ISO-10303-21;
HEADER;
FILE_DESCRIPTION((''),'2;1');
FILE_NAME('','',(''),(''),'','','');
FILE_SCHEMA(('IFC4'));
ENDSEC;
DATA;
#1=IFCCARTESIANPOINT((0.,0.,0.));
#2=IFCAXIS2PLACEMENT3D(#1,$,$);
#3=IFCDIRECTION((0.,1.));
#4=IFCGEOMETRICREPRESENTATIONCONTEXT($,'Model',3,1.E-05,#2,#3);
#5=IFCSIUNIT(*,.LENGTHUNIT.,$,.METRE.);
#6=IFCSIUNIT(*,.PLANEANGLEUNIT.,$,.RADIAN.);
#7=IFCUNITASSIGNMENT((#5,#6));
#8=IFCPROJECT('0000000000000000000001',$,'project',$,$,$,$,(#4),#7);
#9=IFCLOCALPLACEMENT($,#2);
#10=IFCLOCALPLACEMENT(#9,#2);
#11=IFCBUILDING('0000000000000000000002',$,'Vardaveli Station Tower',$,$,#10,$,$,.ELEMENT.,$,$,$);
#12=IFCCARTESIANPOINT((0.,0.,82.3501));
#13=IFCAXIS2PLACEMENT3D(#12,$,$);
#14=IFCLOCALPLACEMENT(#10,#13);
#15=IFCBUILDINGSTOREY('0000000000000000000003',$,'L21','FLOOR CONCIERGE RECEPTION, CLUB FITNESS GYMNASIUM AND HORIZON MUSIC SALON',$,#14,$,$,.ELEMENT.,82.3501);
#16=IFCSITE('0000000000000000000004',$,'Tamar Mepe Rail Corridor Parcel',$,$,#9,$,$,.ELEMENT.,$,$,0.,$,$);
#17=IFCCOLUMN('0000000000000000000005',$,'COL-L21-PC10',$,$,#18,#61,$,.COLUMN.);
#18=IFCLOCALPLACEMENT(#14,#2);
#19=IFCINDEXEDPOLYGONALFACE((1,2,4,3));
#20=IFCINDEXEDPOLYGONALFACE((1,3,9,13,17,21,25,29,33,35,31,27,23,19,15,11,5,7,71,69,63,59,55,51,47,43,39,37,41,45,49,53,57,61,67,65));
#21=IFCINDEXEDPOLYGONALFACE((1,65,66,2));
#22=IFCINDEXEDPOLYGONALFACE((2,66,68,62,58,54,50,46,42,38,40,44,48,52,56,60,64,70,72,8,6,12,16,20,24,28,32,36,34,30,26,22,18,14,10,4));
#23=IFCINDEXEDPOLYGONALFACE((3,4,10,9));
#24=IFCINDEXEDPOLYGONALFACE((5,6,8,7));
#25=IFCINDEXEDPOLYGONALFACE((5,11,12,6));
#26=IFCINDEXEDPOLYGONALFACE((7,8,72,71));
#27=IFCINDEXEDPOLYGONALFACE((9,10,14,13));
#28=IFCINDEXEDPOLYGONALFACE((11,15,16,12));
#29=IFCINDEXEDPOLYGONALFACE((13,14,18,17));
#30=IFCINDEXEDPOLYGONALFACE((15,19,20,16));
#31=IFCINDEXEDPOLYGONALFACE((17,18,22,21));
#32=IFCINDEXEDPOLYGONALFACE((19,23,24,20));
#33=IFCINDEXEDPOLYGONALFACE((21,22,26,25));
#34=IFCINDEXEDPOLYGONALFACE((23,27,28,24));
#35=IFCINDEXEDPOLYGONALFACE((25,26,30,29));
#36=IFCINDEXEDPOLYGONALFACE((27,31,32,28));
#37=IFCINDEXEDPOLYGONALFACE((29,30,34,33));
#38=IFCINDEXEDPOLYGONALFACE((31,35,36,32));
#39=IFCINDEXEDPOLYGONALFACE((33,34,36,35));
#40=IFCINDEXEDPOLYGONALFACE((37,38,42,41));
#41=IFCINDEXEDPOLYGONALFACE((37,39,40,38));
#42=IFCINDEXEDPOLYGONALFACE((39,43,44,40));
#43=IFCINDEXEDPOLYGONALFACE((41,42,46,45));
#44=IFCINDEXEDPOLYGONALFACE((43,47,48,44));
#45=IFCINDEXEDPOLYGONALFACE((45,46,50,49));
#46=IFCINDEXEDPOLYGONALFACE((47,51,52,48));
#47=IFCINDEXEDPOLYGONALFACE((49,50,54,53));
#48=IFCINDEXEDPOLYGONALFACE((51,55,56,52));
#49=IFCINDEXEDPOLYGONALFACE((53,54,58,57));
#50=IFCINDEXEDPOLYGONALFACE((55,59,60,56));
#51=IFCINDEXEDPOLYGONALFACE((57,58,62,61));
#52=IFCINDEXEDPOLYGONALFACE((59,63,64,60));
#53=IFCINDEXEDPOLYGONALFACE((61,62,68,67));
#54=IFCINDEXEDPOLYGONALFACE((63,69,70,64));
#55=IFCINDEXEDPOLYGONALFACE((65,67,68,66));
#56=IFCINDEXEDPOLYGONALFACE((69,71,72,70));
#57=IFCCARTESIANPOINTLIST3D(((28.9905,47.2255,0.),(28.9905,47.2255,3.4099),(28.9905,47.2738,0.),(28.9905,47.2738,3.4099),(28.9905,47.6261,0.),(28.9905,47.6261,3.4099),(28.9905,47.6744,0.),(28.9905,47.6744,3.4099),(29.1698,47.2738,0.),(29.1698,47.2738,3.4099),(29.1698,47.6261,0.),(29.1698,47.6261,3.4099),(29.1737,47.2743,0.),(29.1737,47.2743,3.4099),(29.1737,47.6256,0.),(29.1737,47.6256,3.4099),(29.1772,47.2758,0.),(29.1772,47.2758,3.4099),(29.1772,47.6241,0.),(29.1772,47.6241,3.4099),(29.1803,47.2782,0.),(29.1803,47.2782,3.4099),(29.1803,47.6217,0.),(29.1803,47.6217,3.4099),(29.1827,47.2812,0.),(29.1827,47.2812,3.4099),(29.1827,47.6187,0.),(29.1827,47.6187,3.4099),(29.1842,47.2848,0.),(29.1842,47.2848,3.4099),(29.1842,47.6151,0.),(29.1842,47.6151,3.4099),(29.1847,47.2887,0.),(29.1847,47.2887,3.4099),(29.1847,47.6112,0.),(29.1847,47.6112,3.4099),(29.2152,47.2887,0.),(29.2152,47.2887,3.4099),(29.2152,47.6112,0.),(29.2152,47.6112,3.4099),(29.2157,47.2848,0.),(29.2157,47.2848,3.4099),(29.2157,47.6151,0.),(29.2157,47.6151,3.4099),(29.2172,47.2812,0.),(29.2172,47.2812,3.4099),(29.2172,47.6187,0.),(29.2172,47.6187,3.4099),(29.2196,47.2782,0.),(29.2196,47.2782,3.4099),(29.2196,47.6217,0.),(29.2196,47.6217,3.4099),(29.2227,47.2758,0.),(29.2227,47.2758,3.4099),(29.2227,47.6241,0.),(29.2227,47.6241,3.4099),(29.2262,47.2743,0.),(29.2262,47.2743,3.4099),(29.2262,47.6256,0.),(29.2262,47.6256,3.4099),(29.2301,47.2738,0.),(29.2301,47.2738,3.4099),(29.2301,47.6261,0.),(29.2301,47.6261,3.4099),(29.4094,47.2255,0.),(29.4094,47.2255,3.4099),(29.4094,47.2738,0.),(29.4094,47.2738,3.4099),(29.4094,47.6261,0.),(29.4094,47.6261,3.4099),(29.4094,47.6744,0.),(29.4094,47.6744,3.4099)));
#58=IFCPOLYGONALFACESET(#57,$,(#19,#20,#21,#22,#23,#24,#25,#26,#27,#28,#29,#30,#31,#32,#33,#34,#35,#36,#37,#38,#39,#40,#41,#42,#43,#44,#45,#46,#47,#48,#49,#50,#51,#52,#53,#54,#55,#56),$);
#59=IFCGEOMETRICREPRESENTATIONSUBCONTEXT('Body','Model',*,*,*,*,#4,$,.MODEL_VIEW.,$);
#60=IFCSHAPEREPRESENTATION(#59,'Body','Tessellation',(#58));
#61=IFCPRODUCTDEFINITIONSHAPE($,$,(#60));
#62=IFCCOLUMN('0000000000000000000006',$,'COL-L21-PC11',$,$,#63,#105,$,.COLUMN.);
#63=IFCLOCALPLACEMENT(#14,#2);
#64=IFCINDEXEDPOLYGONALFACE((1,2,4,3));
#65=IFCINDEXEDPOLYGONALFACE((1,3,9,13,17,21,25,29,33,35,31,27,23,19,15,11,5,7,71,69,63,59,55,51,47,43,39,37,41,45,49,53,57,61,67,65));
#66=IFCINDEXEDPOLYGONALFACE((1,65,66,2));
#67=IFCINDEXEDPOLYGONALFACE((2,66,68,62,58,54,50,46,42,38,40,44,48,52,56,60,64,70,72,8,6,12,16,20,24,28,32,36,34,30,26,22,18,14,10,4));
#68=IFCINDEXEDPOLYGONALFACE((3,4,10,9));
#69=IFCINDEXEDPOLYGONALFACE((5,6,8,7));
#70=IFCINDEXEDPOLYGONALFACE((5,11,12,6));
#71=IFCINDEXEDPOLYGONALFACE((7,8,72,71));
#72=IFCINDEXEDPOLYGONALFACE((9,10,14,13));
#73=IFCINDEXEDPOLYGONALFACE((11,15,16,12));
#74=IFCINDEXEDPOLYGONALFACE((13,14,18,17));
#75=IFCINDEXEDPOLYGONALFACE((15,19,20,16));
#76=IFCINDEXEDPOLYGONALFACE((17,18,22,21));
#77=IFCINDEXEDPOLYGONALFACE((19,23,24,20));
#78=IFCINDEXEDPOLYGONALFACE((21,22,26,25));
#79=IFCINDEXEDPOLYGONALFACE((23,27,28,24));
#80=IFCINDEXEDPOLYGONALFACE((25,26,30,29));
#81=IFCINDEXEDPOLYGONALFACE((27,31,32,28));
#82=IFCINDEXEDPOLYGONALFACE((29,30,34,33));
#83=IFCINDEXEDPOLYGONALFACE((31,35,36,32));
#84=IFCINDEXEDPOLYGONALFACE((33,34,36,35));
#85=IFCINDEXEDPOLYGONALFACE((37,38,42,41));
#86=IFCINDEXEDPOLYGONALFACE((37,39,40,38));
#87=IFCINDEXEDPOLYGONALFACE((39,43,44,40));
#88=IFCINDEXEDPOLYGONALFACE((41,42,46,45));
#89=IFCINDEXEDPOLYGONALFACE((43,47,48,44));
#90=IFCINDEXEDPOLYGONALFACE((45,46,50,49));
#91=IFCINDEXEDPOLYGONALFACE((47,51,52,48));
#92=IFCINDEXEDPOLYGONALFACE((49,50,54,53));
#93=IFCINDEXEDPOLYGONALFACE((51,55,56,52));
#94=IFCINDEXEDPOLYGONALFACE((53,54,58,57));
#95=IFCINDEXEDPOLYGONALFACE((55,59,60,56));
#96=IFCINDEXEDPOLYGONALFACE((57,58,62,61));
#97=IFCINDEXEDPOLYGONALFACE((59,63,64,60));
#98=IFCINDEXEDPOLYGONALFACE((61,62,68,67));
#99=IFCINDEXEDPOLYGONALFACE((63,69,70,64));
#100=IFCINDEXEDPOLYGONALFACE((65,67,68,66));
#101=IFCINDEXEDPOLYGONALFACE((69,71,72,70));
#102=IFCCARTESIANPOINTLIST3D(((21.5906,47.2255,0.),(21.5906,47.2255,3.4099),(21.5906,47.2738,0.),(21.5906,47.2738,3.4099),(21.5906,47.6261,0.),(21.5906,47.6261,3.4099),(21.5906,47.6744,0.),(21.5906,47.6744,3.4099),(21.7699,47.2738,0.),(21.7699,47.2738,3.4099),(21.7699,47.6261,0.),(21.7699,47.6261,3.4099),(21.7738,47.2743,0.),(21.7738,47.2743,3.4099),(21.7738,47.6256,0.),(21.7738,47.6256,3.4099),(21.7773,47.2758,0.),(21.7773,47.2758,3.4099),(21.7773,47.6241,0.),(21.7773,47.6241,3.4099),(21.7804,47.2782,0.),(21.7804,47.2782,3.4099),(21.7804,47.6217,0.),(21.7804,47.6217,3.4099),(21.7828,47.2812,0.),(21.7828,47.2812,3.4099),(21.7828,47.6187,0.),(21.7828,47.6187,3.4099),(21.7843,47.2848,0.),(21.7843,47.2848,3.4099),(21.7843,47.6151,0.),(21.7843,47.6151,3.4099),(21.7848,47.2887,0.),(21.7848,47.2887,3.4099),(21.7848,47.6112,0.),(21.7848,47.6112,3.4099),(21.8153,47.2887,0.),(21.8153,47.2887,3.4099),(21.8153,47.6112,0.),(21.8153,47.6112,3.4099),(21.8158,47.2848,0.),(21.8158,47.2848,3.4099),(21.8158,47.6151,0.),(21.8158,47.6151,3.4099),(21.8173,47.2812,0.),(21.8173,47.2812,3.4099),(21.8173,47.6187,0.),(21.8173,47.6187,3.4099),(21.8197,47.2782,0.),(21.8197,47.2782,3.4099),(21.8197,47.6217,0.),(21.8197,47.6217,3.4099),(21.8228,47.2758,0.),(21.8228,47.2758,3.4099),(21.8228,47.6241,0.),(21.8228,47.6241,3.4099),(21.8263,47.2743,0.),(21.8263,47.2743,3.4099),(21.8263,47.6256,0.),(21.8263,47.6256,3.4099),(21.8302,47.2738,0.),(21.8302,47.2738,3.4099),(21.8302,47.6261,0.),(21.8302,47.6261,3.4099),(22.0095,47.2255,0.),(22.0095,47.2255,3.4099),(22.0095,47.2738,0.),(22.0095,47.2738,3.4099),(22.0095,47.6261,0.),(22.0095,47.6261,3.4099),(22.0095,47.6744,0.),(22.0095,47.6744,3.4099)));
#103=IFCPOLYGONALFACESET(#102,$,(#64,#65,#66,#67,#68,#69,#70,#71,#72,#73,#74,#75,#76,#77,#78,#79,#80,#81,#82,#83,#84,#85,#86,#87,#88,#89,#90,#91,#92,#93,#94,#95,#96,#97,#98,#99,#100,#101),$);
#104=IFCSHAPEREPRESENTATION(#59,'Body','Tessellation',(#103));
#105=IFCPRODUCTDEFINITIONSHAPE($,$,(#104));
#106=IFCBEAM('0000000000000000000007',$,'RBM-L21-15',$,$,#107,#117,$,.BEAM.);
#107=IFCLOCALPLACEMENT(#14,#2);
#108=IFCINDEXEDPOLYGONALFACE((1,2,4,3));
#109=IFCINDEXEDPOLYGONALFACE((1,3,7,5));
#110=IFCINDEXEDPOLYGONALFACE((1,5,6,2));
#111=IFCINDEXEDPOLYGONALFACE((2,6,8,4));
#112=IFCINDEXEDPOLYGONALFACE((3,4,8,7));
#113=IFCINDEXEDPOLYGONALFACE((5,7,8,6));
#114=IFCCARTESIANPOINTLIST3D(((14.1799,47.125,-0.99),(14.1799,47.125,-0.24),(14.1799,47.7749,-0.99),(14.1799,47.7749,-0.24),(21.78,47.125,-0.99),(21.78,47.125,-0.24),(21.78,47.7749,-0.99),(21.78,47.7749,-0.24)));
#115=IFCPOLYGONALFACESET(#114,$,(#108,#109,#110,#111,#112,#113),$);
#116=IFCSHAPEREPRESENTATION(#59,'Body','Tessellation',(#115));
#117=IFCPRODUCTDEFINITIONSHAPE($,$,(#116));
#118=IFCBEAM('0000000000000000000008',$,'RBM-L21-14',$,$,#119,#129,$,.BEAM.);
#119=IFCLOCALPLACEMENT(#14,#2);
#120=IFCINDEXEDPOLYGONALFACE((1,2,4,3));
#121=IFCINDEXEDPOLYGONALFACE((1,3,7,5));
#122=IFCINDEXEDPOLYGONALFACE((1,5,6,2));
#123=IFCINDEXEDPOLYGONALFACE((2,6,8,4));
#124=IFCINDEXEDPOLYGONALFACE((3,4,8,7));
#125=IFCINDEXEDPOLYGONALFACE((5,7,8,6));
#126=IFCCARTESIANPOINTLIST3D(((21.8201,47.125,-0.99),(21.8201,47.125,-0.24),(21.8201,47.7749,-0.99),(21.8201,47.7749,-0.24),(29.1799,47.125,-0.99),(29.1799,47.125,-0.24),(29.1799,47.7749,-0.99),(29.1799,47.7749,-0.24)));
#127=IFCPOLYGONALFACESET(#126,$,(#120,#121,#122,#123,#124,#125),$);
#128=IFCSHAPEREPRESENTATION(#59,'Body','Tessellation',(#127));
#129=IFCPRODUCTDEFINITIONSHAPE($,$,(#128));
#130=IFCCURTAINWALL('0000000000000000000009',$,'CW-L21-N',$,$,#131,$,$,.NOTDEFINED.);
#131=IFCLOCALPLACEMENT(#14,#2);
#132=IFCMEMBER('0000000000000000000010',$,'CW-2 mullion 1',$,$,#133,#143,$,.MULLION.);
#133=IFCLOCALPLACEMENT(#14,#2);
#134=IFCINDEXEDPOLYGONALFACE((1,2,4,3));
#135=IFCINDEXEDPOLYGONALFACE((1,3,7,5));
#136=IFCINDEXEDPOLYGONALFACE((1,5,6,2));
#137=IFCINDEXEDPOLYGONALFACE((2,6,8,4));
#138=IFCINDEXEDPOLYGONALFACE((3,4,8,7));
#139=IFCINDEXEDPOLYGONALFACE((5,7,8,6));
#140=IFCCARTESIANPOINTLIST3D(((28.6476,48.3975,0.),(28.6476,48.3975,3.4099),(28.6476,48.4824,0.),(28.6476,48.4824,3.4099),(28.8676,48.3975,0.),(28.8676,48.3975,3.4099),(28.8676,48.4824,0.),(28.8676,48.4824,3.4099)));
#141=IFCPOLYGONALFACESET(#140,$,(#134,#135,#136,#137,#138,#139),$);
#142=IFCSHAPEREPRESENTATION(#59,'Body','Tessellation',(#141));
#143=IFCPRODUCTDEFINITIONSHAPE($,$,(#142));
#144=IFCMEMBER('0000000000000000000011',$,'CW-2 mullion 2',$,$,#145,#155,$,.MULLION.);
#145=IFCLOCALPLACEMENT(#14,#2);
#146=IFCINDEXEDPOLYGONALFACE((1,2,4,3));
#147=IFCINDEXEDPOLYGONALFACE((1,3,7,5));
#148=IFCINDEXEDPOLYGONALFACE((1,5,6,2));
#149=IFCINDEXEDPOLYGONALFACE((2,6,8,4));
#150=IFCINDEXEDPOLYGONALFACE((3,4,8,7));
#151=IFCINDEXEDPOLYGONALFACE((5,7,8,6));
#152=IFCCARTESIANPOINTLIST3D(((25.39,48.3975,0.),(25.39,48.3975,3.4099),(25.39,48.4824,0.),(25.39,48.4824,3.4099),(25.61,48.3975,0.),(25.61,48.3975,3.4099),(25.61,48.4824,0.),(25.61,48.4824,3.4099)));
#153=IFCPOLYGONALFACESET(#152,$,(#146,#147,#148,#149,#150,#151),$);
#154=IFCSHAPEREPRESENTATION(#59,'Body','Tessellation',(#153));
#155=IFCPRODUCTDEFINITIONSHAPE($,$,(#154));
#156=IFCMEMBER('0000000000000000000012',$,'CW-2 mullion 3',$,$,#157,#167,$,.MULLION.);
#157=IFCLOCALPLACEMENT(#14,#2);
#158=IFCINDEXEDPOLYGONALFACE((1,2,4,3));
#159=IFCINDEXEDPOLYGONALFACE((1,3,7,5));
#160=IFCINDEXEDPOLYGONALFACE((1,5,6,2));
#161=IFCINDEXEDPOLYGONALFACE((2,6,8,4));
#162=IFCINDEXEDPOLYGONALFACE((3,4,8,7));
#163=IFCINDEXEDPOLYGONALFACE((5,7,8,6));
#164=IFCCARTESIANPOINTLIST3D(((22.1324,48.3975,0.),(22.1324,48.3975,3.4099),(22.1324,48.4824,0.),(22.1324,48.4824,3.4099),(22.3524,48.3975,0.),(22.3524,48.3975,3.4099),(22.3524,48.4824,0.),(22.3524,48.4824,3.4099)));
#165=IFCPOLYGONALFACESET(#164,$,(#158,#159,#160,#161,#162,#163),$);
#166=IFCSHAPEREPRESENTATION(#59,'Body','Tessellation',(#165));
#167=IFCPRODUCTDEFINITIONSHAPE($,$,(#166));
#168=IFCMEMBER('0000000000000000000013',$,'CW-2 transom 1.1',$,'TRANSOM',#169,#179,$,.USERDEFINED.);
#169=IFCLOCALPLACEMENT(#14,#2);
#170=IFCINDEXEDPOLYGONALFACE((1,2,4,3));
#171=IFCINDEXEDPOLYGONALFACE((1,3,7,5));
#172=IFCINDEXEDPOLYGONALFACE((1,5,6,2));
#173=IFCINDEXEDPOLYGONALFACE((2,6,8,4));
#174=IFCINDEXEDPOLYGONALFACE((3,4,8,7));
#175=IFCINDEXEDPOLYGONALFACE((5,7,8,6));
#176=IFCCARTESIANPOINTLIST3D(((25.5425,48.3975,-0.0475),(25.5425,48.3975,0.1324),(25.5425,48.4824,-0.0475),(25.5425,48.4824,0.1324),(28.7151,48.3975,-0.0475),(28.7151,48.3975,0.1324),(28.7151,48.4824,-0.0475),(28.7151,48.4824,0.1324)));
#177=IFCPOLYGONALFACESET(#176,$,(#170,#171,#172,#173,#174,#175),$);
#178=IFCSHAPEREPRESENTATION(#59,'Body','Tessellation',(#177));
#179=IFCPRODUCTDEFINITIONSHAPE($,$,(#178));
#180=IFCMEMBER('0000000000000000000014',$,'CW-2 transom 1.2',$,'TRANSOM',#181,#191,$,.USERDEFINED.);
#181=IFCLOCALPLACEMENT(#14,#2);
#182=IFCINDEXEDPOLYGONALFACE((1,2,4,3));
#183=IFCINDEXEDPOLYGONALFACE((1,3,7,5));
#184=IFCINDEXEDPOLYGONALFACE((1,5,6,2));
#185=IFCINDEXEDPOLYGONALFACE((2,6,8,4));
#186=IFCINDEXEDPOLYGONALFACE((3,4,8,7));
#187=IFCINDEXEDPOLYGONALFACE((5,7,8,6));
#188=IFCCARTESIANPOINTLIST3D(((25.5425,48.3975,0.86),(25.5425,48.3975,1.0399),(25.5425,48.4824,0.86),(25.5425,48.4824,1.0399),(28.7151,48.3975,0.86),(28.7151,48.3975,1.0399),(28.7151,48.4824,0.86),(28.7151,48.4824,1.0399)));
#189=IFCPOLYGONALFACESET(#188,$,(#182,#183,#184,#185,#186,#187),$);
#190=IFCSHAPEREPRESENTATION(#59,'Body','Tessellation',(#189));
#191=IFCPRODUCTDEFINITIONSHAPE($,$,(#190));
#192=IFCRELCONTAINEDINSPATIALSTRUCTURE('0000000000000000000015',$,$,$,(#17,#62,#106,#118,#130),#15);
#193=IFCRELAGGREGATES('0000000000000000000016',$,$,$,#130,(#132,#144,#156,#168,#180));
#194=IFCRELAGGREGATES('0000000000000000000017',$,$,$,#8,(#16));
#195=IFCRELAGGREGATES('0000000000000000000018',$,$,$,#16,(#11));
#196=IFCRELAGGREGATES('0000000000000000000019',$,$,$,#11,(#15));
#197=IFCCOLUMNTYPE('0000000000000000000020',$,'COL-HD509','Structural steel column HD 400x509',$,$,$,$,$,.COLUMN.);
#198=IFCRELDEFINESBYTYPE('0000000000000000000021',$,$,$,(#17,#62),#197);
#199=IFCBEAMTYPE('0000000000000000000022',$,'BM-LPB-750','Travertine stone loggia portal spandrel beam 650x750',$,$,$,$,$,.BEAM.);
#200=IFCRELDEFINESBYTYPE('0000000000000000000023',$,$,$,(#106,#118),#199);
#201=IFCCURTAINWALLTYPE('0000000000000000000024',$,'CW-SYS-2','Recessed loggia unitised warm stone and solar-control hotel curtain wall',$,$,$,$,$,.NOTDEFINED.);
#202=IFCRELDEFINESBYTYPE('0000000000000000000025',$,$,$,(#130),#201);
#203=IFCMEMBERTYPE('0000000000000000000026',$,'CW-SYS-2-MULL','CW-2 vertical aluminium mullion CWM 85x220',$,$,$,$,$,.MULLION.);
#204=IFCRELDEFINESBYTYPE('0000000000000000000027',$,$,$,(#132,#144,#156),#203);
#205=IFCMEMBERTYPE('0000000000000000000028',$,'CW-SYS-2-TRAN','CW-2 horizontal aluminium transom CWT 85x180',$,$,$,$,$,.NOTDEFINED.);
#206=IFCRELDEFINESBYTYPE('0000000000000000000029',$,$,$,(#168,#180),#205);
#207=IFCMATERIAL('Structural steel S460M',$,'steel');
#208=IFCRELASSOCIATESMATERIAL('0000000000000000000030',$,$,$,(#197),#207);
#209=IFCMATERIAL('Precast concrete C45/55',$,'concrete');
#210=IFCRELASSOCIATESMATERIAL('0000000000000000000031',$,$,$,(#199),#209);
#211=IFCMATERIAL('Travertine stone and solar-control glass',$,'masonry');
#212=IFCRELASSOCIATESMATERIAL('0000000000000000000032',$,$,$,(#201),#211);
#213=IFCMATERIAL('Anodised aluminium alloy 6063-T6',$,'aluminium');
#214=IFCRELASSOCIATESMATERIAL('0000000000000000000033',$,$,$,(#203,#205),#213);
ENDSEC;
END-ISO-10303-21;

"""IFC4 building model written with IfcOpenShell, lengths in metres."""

from ifc_helpers import new_model, si_unit, direction, frame, origin, origin_2d, place, context, subcontext, project, spatial, rectangle, i_section, extrude, source, transform, mapped, material, material_profile, profile_set, type_object, element, aggregate, save


model = new_model("IFC4")

# Units and contexts
model_context = context("Model", 3, precision=1e-05, world=origin(), true_north=direction((0.0, 1.0)))
body_context = subcontext(model_context, "Body", "Model", "MODEL_VIEW")
ifc_project = project(units=[si_unit("LENGTHUNIT", "METRE"), si_unit("PLANEANGLEUNIT", "RADIAN")], contexts=[model_context])

# Site, building, storey
site_placement = place(None, origin())
site = spatial("IfcSite", under=ifc_project, at=site_placement, Name="Tamar Mepe Rail Corridor Parcel", CompositionType="ELEMENT", RefElevation=0.0)
building_placement = place(site_placement, origin())
building = spatial("IfcBuilding", under=site, at=building_placement, Name="Vardaveli Station Tower", CompositionType="ELEMENT")
storey_placement = place(building_placement, frame((0.0, 0.0, 82.3501)))
storey = spatial("IfcBuildingStorey", under=building, at=storey_placement, Name="L21", Description="FLOOR CONCIERGE RECEPTION, CLUB FITNESS GYMNASIUM AND HORIZON MUSIC SALON", CompositionType="ELEMENT", Elevation=82.3501)

# Columns
ifc_material_1 = material(Name="Structural steel S460M", Category="steel")
ifc_material_profile_1 = material_profile(ifc_material_1, i_section(OverallWidth=0.4189, OverallDepth=0.449, WebThickness=0.0305, FlangeThickness=0.0483, FilletRadius=0.0149, at=origin_2d()), Name="HD 400x509")
ifc_profile_set_1 = profile_set([ifc_material_profile_1], Name="Structural steel S460M")
column_type = type_object("IfcColumnType", Name="COL-HD509", Description="Structural steel column HD 400x509", PredefinedType="COLUMN", material=ifc_profile_set_1)
shared_shape_1 = source(origin(), body_context, "Body", "SweptSolid", [
    extrude(i_section(OverallWidth=0.4189, OverallDepth=0.449, WebThickness=0.0305, FlangeThickness=0.0483, FilletRadius=0.0149, at=origin_2d()), origin(), (0.0, 0.0, 1.0), 3.4099),
])
for number, where, z_axis, x_axis, name in (
    (1, (29.2, 47.45, 0.0), (0.0, 0.0, 1.0), (1.0, 0.0, 0.0), "COL-L21-PC10"),
    (2, (21.8, 47.45, 0.0), (0.0, 0.0, 1.0), (1.0, 0.0, 0.0), "COL-L21-PC11"),
):
    element("IfcColumn", number, at=place(storey_placement, frame(where, z_axis=z_axis, x_axis=x_axis)), inside=storey, type_object=column_type, Name=name, PredefinedType="COLUMN", context=body_context, shape_type="MappedRepresentation", body=[
        mapped(shared_shape_1, transform((0.0, 0.0, 0.0), scale=1.0)),
    ])

# Beams
ifc_material_2 = material(Name="Precast concrete C45/55", Category="concrete")
ifc_material_profile_2 = material_profile(ifc_material_2, rectangle(XDim=0.6499, YDim=0.75, at=origin_2d()), Name="LPB 650x750")
ifc_profile_set_2 = profile_set([ifc_material_profile_2], Name="Precast concrete C45/55")
beam_type = type_object("IfcBeamType", Name="BM-LPB-750", Description="Travertine stone loggia portal spandrel beam 650x750", PredefinedType="BEAM", material=ifc_profile_set_2)
shared_shape_2 = source(origin(), body_context, "Body", "SweptSolid", [
    extrude(rectangle(XDim=0.6499, YDim=0.75, at=origin_2d()), origin(), (0.0, 0.0, 1.0), 7.6001),
])
beam_1_placement = place(storey_placement, frame((21.78, 47.45, -0.615), z_axis=(-1.0, 0.0, 0.0), x_axis=(0.0, -1.0, 0.0)))
element("IfcBeam", 3, at=beam_1_placement, inside=storey, type_object=beam_type, Name="RBM-L21-15", PredefinedType="BEAM", context=body_context, shape_type="MappedRepresentation", body=[
    mapped(shared_shape_2, transform((0.0, 0.0, 0.0), scale=1.0)),
])
shared_shape_3 = source(origin(), body_context, "Body", "SweptSolid", [
    extrude(rectangle(XDim=0.6499, YDim=0.75, at=origin_2d()), origin(), (0.0, 0.0, 1.0), 7.3599),
])
beam_2_placement = place(storey_placement, frame((29.1799, 47.45, -0.615), z_axis=(-1.0, 0.0, 0.0), x_axis=(0.0, -1.0, 0.0)))
element("IfcBeam", 4, at=beam_2_placement, inside=storey, type_object=beam_type, Name="RBM-L21-14", PredefinedType="BEAM", context=body_context, shape_type="MappedRepresentation", body=[
    mapped(shared_shape_3, transform((0.0, 0.0, 0.0), scale=1.0)),
])

# Curtain wall, members
ifc_material_3 = material(Name="Travertine stone and solar-control glass", Category="masonry")
curtain_wall_type = type_object("IfcCurtainWallType", Name="CW-SYS-2", Description="Recessed loggia unitised warm stone and solar-control hotel curtain wall", PredefinedType="NOTDEFINED", material=ifc_material_3)
curtain_wall_placement = place(storey_placement, origin())
curtain_wall = element("IfcCurtainWall", 5, at=curtain_wall_placement, inside=storey, type_object=curtain_wall_type, Name="CW-L21-N", PredefinedType="NOTDEFINED")
ifc_material_4 = material(Name="Anodised aluminium alloy 6063-T6", Category="aluminium")
ifc_material_profile_3 = material_profile(ifc_material_4, rectangle(XDim=0.085, YDim=0.22, at=origin_2d()), Name="CWM 85x220")
ifc_profile_set_3 = profile_set([ifc_material_profile_3], Name="Anodised aluminium alloy 6063-T6")
member_type_1 = type_object("IfcMemberType", Name="CW-SYS-2-MULL", Description="CW-2 vertical aluminium mullion CWM 85x220", PredefinedType="MULLION", material=ifc_profile_set_3)
shared_shape_4 = source(origin(), body_context, "Body", "SweptSolid", [
    extrude(rectangle(XDim=0.085, YDim=0.22, at=origin_2d()), origin(), (0.0, 0.0, 1.0), 3.4099),
])
member_1_placement = place(storey_placement, frame((28.7576, 48.4399, 0.0), z_axis=(0.0, 0.0, 1.0), x_axis=(0.0, -1.0, 0.0)))
member_1 = element("IfcMember", 6, at=member_1_placement, type_object=member_type_1, Name="CW-2 mullion 1", PredefinedType="MULLION", context=body_context, shape_type="MappedRepresentation", body=[
    mapped(shared_shape_4, transform((0.0, 0.0, 0.0), scale=1.0)),
])
member_2_placement = place(storey_placement, frame((25.5, 48.4399, 0.0), z_axis=(0.0, 0.0, 1.0), x_axis=(0.0, -1.0, 0.0)))
member_2 = element("IfcMember", 7, at=member_2_placement, type_object=member_type_1, Name="CW-2 mullion 2", PredefinedType="MULLION", context=body_context, shape_type="MappedRepresentation", body=[
    mapped(shared_shape_4, transform((0.0, 0.0, 0.0), scale=1.0)),
])
member_3_placement = place(storey_placement, frame((22.2424, 48.4399, 0.0), z_axis=(0.0, 0.0, 1.0), x_axis=(0.0, -1.0, 0.0)))
member_3 = element("IfcMember", 8, at=member_3_placement, type_object=member_type_1, Name="CW-2 mullion 3", PredefinedType="MULLION", context=body_context, shape_type="MappedRepresentation", body=[
    mapped(shared_shape_4, transform((0.0, 0.0, 0.0), scale=1.0)),
])
ifc_material_profile_4 = material_profile(ifc_material_4, rectangle(XDim=0.085, YDim=0.1799, at=origin_2d()), Name="CWT 85x180")
ifc_profile_set_4 = profile_set([ifc_material_profile_4], Name="Anodised aluminium alloy 6063-T6")
member_type_2 = type_object("IfcMemberType", Name="CW-SYS-2-TRAN", Description="CW-2 horizontal aluminium transom CWT 85x180", PredefinedType="NOTDEFINED", material=ifc_profile_set_4)
shared_shape_5 = source(origin(), body_context, "Body", "SweptSolid", [
    extrude(rectangle(XDim=0.085, YDim=0.1799, at=origin_2d()), origin(), (0.0, 0.0, 1.0), 3.1726),
])
member_4_placement = place(storey_placement, frame((28.7151, 48.4399, 0.0425), z_axis=(-1.0, 0.0, 0.0), x_axis=(0.0, -1.0, 0.0)))
member_4 = element("IfcMember", 9, at=member_4_placement, type_object=member_type_2, Name="CW-2 transom 1.1", ObjectType="TRANSOM", PredefinedType="USERDEFINED", context=body_context, shape_type="MappedRepresentation", body=[
    mapped(shared_shape_5, transform((0.0, 0.0, 0.0), scale=1.0)),
])
member_5_placement = place(storey_placement, frame((28.7151, 48.4399, 0.95), z_axis=(-1.0, 0.0, 0.0), x_axis=(0.0, -1.0, 0.0)))
member_5 = element("IfcMember", 10, at=member_5_placement, type_object=member_type_2, Name="CW-2 transom 1.2", ObjectType="TRANSOM", PredefinedType="USERDEFINED", context=body_context, shape_type="MappedRepresentation", body=[
    mapped(shared_shape_5, transform((0.0, 0.0, 0.0), scale=1.0)),
])
aggregate(curtain_wall, [member_1, member_2, member_3, member_4, member_5])

save(model, "model.ifc")
